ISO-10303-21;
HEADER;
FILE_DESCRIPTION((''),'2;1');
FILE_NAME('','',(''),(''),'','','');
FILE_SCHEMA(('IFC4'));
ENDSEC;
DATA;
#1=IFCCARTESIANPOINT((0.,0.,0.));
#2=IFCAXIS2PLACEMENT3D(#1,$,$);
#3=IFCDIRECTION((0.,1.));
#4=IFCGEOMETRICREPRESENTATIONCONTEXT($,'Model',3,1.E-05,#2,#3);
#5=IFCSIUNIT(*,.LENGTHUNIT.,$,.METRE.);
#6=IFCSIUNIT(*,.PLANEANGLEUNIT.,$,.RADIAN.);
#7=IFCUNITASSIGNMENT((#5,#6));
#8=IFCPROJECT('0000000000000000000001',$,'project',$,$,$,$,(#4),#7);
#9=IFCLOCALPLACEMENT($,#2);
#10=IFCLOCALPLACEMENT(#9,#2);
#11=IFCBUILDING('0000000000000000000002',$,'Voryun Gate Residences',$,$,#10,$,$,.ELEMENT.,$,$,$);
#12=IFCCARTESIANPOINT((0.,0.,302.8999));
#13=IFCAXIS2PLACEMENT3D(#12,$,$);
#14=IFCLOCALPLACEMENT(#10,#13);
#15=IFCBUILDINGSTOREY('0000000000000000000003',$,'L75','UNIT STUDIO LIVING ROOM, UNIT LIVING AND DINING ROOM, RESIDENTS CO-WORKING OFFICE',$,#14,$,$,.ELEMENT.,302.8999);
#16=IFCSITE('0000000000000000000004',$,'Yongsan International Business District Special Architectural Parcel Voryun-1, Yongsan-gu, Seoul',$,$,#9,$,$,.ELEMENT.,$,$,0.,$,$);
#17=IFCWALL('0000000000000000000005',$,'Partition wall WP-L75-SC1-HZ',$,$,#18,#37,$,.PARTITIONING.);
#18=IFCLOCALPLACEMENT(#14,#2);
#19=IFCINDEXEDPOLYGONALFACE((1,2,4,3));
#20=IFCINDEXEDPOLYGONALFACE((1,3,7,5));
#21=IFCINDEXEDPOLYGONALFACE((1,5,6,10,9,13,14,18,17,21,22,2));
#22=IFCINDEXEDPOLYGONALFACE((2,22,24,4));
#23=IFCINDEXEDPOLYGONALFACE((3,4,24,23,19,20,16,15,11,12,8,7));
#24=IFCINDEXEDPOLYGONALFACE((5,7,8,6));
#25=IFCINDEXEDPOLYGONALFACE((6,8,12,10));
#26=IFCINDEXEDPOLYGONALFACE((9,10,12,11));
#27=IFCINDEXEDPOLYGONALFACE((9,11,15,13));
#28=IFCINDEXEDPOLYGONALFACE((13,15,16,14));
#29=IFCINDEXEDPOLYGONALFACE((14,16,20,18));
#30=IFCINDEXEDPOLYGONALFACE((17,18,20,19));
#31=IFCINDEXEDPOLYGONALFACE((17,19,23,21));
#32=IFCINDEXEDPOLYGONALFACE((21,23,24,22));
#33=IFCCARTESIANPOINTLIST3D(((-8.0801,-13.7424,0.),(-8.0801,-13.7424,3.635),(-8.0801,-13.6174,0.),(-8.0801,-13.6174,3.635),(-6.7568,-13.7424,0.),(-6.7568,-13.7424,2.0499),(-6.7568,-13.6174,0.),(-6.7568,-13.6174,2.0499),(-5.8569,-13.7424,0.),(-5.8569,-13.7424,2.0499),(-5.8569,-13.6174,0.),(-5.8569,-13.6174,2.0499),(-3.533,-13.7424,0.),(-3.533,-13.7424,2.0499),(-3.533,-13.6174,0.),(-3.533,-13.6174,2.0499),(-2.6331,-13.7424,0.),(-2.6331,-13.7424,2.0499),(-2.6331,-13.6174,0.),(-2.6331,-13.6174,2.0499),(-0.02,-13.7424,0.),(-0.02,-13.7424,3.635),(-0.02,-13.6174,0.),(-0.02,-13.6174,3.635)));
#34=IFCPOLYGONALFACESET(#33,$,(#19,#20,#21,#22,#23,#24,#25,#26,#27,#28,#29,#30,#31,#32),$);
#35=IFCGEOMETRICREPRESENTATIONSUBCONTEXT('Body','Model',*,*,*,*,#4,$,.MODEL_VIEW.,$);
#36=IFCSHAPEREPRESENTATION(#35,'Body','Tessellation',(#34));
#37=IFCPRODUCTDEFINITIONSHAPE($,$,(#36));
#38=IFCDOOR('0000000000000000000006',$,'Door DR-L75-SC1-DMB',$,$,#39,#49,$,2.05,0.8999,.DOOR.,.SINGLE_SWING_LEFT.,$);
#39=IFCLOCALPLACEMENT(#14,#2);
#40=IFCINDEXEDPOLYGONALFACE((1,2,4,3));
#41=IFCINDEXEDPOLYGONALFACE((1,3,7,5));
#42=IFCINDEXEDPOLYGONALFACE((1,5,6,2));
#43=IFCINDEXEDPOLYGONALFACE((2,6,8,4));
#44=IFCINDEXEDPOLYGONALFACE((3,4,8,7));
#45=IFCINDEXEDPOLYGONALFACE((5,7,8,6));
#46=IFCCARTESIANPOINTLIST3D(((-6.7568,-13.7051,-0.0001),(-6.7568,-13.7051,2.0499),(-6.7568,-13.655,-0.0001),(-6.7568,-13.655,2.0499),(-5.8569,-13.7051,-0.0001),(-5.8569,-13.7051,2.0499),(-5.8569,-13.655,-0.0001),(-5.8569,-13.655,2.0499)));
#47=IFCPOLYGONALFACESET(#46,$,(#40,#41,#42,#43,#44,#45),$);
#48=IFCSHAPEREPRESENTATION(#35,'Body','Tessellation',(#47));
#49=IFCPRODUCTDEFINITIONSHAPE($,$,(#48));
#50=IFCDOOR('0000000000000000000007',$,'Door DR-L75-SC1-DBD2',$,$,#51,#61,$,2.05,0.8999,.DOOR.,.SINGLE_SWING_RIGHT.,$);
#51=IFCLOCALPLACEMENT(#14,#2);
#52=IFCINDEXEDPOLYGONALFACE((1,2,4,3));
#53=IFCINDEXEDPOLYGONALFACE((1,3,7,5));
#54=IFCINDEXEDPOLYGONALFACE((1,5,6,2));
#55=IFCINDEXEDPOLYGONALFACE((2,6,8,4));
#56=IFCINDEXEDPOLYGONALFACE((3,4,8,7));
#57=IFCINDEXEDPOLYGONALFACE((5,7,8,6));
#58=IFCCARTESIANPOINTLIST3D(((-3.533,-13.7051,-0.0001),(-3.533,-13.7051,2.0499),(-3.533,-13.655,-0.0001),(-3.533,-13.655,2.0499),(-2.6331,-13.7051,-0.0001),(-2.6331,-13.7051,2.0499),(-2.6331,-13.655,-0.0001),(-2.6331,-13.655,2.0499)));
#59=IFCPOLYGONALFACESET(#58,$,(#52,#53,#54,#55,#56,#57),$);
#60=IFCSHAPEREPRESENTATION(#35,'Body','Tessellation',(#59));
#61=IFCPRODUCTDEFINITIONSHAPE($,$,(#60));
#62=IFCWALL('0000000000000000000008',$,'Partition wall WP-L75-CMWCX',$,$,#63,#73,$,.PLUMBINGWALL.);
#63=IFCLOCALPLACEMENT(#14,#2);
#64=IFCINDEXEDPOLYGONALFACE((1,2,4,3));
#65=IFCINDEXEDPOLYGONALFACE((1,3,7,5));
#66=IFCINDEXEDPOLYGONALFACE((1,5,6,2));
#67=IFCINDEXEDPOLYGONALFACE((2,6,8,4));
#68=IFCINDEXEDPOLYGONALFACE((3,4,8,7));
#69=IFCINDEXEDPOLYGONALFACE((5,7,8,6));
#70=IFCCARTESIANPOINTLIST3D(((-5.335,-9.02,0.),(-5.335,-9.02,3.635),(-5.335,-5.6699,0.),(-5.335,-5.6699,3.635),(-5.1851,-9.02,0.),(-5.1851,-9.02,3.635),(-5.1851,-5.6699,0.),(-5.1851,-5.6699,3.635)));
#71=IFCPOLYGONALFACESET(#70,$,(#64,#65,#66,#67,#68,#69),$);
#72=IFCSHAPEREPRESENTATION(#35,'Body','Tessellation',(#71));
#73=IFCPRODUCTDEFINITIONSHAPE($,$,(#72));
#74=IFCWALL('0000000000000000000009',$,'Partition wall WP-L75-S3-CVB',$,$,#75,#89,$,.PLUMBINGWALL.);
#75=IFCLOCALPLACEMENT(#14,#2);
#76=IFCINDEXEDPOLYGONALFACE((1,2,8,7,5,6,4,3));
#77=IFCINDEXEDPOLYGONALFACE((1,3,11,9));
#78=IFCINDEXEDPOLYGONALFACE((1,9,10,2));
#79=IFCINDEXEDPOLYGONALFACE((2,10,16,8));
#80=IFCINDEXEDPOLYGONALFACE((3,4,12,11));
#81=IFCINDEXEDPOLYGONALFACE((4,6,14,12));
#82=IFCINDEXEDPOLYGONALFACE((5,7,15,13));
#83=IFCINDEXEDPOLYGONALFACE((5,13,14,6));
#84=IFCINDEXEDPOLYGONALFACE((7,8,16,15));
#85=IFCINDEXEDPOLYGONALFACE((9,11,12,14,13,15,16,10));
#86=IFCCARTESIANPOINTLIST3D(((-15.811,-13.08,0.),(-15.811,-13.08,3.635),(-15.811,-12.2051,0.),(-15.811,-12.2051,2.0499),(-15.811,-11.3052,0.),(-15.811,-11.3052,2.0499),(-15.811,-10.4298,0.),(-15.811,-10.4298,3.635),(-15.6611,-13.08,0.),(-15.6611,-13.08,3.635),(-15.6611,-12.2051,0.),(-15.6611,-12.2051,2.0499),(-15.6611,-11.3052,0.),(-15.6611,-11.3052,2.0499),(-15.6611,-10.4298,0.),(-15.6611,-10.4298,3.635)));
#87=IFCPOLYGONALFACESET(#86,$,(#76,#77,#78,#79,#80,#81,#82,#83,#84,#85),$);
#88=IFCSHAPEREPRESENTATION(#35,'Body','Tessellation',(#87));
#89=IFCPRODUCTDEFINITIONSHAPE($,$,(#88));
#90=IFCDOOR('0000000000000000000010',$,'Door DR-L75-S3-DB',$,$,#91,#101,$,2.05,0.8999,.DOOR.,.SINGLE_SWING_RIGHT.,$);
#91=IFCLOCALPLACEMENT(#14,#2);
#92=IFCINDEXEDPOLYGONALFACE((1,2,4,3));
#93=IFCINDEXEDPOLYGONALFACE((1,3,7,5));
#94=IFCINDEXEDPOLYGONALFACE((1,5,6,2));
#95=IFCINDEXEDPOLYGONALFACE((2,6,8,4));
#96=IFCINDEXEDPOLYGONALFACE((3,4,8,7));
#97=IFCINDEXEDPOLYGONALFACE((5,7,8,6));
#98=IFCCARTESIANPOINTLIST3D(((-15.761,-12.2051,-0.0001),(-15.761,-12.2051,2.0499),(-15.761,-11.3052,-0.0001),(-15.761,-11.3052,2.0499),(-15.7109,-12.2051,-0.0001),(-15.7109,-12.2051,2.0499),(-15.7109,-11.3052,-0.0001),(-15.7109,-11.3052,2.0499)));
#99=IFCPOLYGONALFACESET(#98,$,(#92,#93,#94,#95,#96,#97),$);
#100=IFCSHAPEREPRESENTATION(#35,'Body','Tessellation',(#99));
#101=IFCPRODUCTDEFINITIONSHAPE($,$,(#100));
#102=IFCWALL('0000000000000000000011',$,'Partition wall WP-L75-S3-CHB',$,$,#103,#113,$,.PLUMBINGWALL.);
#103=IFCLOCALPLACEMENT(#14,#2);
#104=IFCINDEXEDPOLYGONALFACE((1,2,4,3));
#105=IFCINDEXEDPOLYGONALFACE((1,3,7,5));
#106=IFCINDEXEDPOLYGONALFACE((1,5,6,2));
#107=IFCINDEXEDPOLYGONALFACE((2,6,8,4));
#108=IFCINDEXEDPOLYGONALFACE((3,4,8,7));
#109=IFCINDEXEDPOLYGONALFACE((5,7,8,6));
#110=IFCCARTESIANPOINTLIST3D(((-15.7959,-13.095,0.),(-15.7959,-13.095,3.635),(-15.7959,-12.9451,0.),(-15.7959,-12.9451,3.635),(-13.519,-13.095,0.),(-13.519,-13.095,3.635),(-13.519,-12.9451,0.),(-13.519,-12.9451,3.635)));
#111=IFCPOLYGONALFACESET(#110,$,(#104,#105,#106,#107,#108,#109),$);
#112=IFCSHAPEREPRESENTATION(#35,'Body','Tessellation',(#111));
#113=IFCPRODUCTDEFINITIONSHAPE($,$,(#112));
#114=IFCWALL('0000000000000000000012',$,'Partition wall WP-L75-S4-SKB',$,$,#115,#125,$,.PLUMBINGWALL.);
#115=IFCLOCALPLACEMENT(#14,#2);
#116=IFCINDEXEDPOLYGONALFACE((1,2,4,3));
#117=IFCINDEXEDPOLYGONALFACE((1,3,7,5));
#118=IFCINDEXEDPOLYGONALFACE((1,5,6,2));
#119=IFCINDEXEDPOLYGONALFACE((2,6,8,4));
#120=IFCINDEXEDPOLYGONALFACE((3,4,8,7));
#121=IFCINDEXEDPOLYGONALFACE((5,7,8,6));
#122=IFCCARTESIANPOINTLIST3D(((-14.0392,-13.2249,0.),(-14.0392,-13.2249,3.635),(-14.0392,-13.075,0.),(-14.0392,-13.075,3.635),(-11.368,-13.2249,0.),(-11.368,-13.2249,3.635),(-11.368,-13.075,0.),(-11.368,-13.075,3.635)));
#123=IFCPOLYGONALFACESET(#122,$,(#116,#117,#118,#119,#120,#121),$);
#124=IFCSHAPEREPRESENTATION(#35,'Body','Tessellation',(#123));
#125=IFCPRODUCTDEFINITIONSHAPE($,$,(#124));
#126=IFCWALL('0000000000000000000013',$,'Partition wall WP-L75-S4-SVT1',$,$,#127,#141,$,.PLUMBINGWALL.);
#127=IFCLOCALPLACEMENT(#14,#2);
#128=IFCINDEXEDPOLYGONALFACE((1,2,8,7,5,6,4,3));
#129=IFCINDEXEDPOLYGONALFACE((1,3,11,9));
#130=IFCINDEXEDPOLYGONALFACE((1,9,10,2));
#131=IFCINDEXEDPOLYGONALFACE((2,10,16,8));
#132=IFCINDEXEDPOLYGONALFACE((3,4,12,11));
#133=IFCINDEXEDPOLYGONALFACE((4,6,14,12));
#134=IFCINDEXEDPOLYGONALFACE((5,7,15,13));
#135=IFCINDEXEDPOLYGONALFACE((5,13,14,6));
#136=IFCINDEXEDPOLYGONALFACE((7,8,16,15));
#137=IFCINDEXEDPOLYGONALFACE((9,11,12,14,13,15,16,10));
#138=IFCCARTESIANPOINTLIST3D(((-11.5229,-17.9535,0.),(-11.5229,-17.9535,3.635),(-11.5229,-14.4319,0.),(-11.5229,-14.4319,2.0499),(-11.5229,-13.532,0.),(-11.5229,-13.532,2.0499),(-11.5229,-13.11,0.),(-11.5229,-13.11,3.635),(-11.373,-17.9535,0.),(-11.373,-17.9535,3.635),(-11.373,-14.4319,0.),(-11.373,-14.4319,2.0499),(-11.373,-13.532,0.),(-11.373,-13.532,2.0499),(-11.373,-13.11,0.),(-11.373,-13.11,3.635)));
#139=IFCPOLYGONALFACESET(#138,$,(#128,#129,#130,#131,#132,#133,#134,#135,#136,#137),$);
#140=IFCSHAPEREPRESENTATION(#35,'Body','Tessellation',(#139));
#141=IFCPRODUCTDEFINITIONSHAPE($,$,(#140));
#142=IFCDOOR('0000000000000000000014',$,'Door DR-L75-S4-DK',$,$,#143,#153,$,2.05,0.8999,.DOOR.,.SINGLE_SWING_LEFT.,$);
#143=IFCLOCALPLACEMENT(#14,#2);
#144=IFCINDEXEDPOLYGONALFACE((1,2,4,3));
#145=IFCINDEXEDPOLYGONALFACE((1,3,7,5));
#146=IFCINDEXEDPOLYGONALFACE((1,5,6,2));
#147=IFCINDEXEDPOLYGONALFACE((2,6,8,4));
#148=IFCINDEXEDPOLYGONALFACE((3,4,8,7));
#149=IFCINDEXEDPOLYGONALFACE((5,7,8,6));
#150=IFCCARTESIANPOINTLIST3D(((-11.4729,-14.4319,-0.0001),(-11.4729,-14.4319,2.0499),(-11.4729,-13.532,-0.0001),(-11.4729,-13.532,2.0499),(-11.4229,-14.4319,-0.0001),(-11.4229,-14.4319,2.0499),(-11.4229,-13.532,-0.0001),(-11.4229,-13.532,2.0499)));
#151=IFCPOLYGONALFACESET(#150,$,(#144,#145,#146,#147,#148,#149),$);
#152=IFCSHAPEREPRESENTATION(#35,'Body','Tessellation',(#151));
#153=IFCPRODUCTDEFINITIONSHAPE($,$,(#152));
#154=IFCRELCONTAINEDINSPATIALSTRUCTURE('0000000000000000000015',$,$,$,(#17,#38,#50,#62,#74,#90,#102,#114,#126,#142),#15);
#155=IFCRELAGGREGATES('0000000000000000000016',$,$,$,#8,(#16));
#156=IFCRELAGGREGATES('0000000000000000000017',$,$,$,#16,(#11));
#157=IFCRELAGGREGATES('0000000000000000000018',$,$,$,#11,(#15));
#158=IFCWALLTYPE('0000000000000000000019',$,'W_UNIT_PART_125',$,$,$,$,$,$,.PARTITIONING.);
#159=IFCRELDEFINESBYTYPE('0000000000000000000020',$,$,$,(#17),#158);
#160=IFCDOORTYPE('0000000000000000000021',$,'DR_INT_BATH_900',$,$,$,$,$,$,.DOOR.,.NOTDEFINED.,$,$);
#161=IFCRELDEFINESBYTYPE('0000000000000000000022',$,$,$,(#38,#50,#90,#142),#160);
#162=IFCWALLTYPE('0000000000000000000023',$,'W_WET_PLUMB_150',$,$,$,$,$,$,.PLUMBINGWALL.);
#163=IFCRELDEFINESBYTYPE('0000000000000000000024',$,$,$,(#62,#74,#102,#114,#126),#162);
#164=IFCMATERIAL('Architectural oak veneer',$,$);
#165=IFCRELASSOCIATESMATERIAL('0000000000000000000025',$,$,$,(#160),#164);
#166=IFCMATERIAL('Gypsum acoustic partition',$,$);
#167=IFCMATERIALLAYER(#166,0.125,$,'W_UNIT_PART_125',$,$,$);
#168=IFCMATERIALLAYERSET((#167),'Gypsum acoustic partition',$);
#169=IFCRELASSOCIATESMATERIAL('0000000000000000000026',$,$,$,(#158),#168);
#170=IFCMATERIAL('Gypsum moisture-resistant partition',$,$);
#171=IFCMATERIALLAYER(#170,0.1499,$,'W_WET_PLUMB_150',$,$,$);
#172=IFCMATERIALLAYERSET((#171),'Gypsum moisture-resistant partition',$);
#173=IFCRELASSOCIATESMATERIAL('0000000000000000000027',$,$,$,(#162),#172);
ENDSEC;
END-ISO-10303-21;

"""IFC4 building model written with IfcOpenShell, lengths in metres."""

from ifc_helpers import new_model, si_unit, direction, frame, frame_2d, origin, place, context, subcontext, project, spatial, rectangle, extrude, material, layer, layer_set, type_object, element, fill, save


model = new_model("IFC4")

# Units and contexts
model_context = context("Model", 3, precision=1e-05, world=origin(), true_north=direction((0.0, 1.0)))
body_context = subcontext(model_context, "Body", "Model", "MODEL_VIEW")
ifc_project = project(units=[si_unit("LENGTHUNIT", "METRE"), si_unit("PLANEANGLEUNIT", "RADIAN")], contexts=[model_context])

# Site, building, storey
site_placement = place(None, origin())
site = spatial("IfcSite", under=ifc_project, at=site_placement, Name="Yongsan International Business District Special Architectural Parcel Voryun-1, Yongsan-gu, Seoul", CompositionType="ELEMENT", RefElevation=0.0)
building_placement = place(site_placement, origin())
building = spatial("IfcBuilding", under=site, at=building_placement, Name="Voryun Gate Residences", CompositionType="ELEMENT")
storey_placement = place(building_placement, frame((0.0, 0.0, 302.8999)))
storey = spatial("IfcBuildingStorey", under=building, at=storey_placement, Name="L75", Description="UNIT STUDIO LIVING ROOM, UNIT LIVING AND DINING ROOM, RESIDENTS CO-WORKING OFFICE", CompositionType="ELEMENT", Elevation=302.8999)

# Shared definitions
ifc_material_1 = material(Name="Architectural oak veneer")
door_type_1 = type_object("IfcDoorType", Name="DR_INT_BATH_900", OperationType="NOTDEFINED", PredefinedType="DOOR", material=ifc_material_1)

# Shared definitions
ifc_material_2 = material(Name="Gypsum acoustic partition")
ifc_layer_1 = layer(ifc_material_2, 0.125, Name="W_UNIT_PART_125")
ifc_layer_set_1 = layer_set([ifc_layer_1], Name="Gypsum acoustic partition")
wall_type_1 = type_object("IfcWallType", Name="W_UNIT_PART_125", PredefinedType="PARTITIONING", material=ifc_layer_set_1)

# Wall, openings, doors
wall_1_placement = place(storey_placement, frame((-8.0801, -13.6799, 0.0), z_axis=(0.0, 0.0, 1.0), x_axis=(1.0, 0.0, 0.0)))
wall_1 = element("IfcWall", 1, at=wall_1_placement, inside=storey, type_object=wall_type_1, Name="Partition wall WP-L75-SC1-HZ", PredefinedType="PARTITIONING", context=body_context, shape_type="SweptSolid", body=[
    extrude(rectangle(XDim=8.0601, YDim=0.125, at=frame_2d((4.03, 0.0))), origin(), (0.0, 0.0, 1.0), 3.635),
])
opening_1_placement = place(wall_1_placement, frame((1.3232, 0.0, 0.0)))
opening_1 = element("IfcOpeningElement", 2, at=opening_1_placement, cuts=wall_1, PredefinedType="OPENING", context=body_context, shape_type="SweptSolid", body=[
    extrude(rectangle(XDim=0.8999, YDim=2.05, at=frame_2d((0.45, 1.0249))), frame((0.0, 0.0725, 0.0), z_axis=(0.0, -1.0, 0.0), x_axis=(1.0, 0.0, 0.0)), (0.0, 0.0, 1.0), 0.145),
])
opening_2_placement = place(wall_1_placement, frame((4.5471, 0.0, 0.0)))
opening_2 = element("IfcOpeningElement", 3, at=opening_2_placement, cuts=wall_1, PredefinedType="OPENING", context=body_context, shape_type="SweptSolid", body=[
    extrude(rectangle(XDim=0.8999, YDim=2.05, at=frame_2d((0.45, 1.0249))), frame((0.0, 0.0725, 0.0), z_axis=(0.0, -1.0, 0.0), x_axis=(1.0, 0.0, 0.0)), (0.0, 0.0, 1.0), 0.145),
])
door_1_placement = place(opening_1_placement, origin())
door_1 = element("IfcDoor", 4, at=door_1_placement, inside=storey, type_object=door_type_1, Name="Door DR-L75-SC1-DMB", OperationType="SINGLE_SWING_LEFT", OverallHeight=2.05, OverallWidth=0.8999, PredefinedType="DOOR", context=body_context, shape_type="SweptSolid", body=[
    extrude(rectangle(XDim=0.8999, YDim=2.05, at=frame_2d((0.45, 1.0249))), frame((0.0, 0.0249, 0.0), z_axis=(0.0, -1.0, 0.0), x_axis=(1.0, 0.0, 0.0)), (0.0, 0.0, 1.0), 0.05),
])
fill(opening_1, door_1)
door_2_placement = place(opening_2_placement, origin())
door_2 = element("IfcDoor", 5, at=door_2_placement, inside=storey, type_object=door_type_1, Name="Door DR-L75-SC1-DBD2", OperationType="SINGLE_SWING_RIGHT", OverallHeight=2.05, OverallWidth=0.8999, PredefinedType="DOOR", context=body_context, shape_type="SweptSolid", body=[
    extrude(rectangle(XDim=0.8999, YDim=2.05, at=frame_2d((0.45, 1.0249))), frame((0.0, 0.0249, 0.0), z_axis=(0.0, -1.0, 0.0), x_axis=(1.0, 0.0, 0.0)), (0.0, 0.0, 1.0), 0.05),
])
fill(opening_2, door_2)

# Wall
ifc_material_3 = material(Name="Gypsum moisture-resistant partition")
ifc_layer_2 = layer(ifc_material_3, 0.1499, Name="W_WET_PLUMB_150")
ifc_layer_set_2 = layer_set([ifc_layer_2], Name="Gypsum moisture-resistant partition")
wall_type_2 = type_object("IfcWallType", Name="W_WET_PLUMB_150", PredefinedType="PLUMBINGWALL", material=ifc_layer_set_2)
wall_2_placement = place(storey_placement, frame((-5.26, -9.02, 0.0), z_axis=(0.0, 0.0, 1.0), x_axis=(0.0, 1.0, 0.0)))
element("IfcWall", 6, at=wall_2_placement, inside=storey, type_object=wall_type_2, Name="Partition wall WP-L75-CMWCX", PredefinedType="PLUMBINGWALL", context=body_context, shape_type="SweptSolid", body=[
    extrude(rectangle(XDim=3.3501, YDim=0.1499, at=frame_2d((1.675, 0.0))), origin(), (0.0, 0.0, 1.0), 3.635),
])

# Wall, opening, door
wall_3_placement = place(storey_placement, frame((-15.7361, -13.0801, 0.0), z_axis=(0.0, 0.0, 1.0), x_axis=(0.0, 1.0, 0.0)))
wall_3 = element("IfcWall", 7, at=wall_3_placement, inside=storey, type_object=wall_type_2, Name="Partition wall WP-L75-S3-CVB", PredefinedType="PLUMBINGWALL", context=body_context, shape_type="SweptSolid", body=[
    extrude(rectangle(XDim=2.6501, YDim=0.1499, at=frame_2d((1.3252, 0.0))), origin(), (0.0, 0.0, 1.0), 3.635),
])
opening_3_placement = place(wall_3_placement, frame((0.875, 0.0, 0.0)))
opening_3 = element("IfcOpeningElement", 8, at=opening_3_placement, cuts=wall_3, PredefinedType="OPENING", context=body_context, shape_type="SweptSolid", body=[
    extrude(rectangle(XDim=0.8999, YDim=2.05, at=frame_2d((0.45, 1.0249))), frame((0.0, 0.085, 0.0), z_axis=(0.0, -1.0, 0.0), x_axis=(1.0, 0.0, 0.0)), (0.0, 0.0, 1.0), 0.1699),
])
door_3_placement = place(opening_3_placement, origin())
door_3 = element("IfcDoor", 9, at=door_3_placement, inside=storey, type_object=door_type_1, Name="Door DR-L75-S3-DB", OperationType="SINGLE_SWING_RIGHT", OverallHeight=2.05, OverallWidth=0.8999, PredefinedType="DOOR", context=body_context, shape_type="SweptSolid", body=[
    extrude(rectangle(XDim=0.8999, YDim=2.05, at=frame_2d((0.45, 1.0249))), frame((0.0, 0.0249, 0.0), z_axis=(0.0, -1.0, 0.0), x_axis=(1.0, 0.0, 0.0)), (0.0, 0.0, 1.0), 0.05),
])
fill(opening_3, door_3)

# Walls
wall_4_placement = place(storey_placement, frame((-15.7959, -13.02, 0.0), z_axis=(0.0, 0.0, 1.0), x_axis=(1.0, 0.0, 0.0)))
element("IfcWall", 10, at=wall_4_placement, inside=storey, type_object=wall_type_2, Name="Partition wall WP-L75-S3-CHB", PredefinedType="PLUMBINGWALL", context=body_context, shape_type="SweptSolid", body=[
    extrude(rectangle(XDim=2.2769, YDim=0.1499, at=frame_2d((1.1384, 0.0))), origin(), (0.0, 0.0, 1.0), 3.635),
])
wall_5_placement = place(storey_placement, frame((-14.0391, -13.1499, 0.0), z_axis=(0.0, 0.0, 1.0), x_axis=(1.0, 0.0, 0.0)))
element("IfcWall", 11, at=wall_5_placement, inside=storey, type_object=wall_type_2, Name="Partition wall WP-L75-S4-SKB", PredefinedType="PLUMBINGWALL", context=body_context, shape_type="SweptSolid", body=[
    extrude(rectangle(XDim=2.6711, YDim=0.1499, at=frame_2d((1.3354, 0.0))), origin(), (0.0, 0.0, 1.0), 3.635),
])

# Wall, opening, door
wall_6_placement = place(storey_placement, frame((-11.448, -17.9536, 0.0), z_axis=(0.0, 0.0, 1.0), x_axis=(0.0, 1.0, 0.0)))
wall_6 = element("IfcWall", 12, at=wall_6_placement, inside=storey, type_object=wall_type_2, Name="Partition wall WP-L75-S4-SVT1", PredefinedType="PLUMBINGWALL", context=body_context, shape_type="SweptSolid", body=[
    extrude(rectangle(XDim=4.8435, YDim=0.1499, at=frame_2d((2.4219, 0.0))), origin(), (0.0, 0.0, 1.0), 3.635),
])
opening_4_placement = place(wall_6_placement, frame((3.5217, 0.0, 0.0)))
opening_4 = element("IfcOpeningElement", 13, at=opening_4_placement, cuts=wall_6, PredefinedType="OPENING", context=body_context, shape_type="SweptSolid", body=[
    extrude(rectangle(XDim=0.8999, YDim=2.05, at=frame_2d((0.45, 1.0249))), frame((0.0, 0.085, 0.0), z_axis=(0.0, -1.0, 0.0), x_axis=(1.0, 0.0, 0.0)), (0.0, 0.0, 1.0), 0.1699),
])
door_4_placement = place(opening_4_placement, origin())
door_4 = element("IfcDoor", 14, at=door_4_placement, inside=storey, type_object=door_type_1, Name="Door DR-L75-S4-DK", OperationType="SINGLE_SWING_LEFT", OverallHeight=2.05, OverallWidth=0.8999, PredefinedType="DOOR", context=body_context, shape_type="SweptSolid", body=[
    extrude(rectangle(XDim=0.8999, YDim=2.05, at=frame_2d((0.45, 1.0249))), frame((0.0, 0.0249, 0.0), z_axis=(0.0, -1.0, 0.0), x_axis=(1.0, 0.0, 0.0)), (0.0, 0.0, 1.0), 0.05),
])
fill(opening_4, door_4)

save(model, "model.ifc")
